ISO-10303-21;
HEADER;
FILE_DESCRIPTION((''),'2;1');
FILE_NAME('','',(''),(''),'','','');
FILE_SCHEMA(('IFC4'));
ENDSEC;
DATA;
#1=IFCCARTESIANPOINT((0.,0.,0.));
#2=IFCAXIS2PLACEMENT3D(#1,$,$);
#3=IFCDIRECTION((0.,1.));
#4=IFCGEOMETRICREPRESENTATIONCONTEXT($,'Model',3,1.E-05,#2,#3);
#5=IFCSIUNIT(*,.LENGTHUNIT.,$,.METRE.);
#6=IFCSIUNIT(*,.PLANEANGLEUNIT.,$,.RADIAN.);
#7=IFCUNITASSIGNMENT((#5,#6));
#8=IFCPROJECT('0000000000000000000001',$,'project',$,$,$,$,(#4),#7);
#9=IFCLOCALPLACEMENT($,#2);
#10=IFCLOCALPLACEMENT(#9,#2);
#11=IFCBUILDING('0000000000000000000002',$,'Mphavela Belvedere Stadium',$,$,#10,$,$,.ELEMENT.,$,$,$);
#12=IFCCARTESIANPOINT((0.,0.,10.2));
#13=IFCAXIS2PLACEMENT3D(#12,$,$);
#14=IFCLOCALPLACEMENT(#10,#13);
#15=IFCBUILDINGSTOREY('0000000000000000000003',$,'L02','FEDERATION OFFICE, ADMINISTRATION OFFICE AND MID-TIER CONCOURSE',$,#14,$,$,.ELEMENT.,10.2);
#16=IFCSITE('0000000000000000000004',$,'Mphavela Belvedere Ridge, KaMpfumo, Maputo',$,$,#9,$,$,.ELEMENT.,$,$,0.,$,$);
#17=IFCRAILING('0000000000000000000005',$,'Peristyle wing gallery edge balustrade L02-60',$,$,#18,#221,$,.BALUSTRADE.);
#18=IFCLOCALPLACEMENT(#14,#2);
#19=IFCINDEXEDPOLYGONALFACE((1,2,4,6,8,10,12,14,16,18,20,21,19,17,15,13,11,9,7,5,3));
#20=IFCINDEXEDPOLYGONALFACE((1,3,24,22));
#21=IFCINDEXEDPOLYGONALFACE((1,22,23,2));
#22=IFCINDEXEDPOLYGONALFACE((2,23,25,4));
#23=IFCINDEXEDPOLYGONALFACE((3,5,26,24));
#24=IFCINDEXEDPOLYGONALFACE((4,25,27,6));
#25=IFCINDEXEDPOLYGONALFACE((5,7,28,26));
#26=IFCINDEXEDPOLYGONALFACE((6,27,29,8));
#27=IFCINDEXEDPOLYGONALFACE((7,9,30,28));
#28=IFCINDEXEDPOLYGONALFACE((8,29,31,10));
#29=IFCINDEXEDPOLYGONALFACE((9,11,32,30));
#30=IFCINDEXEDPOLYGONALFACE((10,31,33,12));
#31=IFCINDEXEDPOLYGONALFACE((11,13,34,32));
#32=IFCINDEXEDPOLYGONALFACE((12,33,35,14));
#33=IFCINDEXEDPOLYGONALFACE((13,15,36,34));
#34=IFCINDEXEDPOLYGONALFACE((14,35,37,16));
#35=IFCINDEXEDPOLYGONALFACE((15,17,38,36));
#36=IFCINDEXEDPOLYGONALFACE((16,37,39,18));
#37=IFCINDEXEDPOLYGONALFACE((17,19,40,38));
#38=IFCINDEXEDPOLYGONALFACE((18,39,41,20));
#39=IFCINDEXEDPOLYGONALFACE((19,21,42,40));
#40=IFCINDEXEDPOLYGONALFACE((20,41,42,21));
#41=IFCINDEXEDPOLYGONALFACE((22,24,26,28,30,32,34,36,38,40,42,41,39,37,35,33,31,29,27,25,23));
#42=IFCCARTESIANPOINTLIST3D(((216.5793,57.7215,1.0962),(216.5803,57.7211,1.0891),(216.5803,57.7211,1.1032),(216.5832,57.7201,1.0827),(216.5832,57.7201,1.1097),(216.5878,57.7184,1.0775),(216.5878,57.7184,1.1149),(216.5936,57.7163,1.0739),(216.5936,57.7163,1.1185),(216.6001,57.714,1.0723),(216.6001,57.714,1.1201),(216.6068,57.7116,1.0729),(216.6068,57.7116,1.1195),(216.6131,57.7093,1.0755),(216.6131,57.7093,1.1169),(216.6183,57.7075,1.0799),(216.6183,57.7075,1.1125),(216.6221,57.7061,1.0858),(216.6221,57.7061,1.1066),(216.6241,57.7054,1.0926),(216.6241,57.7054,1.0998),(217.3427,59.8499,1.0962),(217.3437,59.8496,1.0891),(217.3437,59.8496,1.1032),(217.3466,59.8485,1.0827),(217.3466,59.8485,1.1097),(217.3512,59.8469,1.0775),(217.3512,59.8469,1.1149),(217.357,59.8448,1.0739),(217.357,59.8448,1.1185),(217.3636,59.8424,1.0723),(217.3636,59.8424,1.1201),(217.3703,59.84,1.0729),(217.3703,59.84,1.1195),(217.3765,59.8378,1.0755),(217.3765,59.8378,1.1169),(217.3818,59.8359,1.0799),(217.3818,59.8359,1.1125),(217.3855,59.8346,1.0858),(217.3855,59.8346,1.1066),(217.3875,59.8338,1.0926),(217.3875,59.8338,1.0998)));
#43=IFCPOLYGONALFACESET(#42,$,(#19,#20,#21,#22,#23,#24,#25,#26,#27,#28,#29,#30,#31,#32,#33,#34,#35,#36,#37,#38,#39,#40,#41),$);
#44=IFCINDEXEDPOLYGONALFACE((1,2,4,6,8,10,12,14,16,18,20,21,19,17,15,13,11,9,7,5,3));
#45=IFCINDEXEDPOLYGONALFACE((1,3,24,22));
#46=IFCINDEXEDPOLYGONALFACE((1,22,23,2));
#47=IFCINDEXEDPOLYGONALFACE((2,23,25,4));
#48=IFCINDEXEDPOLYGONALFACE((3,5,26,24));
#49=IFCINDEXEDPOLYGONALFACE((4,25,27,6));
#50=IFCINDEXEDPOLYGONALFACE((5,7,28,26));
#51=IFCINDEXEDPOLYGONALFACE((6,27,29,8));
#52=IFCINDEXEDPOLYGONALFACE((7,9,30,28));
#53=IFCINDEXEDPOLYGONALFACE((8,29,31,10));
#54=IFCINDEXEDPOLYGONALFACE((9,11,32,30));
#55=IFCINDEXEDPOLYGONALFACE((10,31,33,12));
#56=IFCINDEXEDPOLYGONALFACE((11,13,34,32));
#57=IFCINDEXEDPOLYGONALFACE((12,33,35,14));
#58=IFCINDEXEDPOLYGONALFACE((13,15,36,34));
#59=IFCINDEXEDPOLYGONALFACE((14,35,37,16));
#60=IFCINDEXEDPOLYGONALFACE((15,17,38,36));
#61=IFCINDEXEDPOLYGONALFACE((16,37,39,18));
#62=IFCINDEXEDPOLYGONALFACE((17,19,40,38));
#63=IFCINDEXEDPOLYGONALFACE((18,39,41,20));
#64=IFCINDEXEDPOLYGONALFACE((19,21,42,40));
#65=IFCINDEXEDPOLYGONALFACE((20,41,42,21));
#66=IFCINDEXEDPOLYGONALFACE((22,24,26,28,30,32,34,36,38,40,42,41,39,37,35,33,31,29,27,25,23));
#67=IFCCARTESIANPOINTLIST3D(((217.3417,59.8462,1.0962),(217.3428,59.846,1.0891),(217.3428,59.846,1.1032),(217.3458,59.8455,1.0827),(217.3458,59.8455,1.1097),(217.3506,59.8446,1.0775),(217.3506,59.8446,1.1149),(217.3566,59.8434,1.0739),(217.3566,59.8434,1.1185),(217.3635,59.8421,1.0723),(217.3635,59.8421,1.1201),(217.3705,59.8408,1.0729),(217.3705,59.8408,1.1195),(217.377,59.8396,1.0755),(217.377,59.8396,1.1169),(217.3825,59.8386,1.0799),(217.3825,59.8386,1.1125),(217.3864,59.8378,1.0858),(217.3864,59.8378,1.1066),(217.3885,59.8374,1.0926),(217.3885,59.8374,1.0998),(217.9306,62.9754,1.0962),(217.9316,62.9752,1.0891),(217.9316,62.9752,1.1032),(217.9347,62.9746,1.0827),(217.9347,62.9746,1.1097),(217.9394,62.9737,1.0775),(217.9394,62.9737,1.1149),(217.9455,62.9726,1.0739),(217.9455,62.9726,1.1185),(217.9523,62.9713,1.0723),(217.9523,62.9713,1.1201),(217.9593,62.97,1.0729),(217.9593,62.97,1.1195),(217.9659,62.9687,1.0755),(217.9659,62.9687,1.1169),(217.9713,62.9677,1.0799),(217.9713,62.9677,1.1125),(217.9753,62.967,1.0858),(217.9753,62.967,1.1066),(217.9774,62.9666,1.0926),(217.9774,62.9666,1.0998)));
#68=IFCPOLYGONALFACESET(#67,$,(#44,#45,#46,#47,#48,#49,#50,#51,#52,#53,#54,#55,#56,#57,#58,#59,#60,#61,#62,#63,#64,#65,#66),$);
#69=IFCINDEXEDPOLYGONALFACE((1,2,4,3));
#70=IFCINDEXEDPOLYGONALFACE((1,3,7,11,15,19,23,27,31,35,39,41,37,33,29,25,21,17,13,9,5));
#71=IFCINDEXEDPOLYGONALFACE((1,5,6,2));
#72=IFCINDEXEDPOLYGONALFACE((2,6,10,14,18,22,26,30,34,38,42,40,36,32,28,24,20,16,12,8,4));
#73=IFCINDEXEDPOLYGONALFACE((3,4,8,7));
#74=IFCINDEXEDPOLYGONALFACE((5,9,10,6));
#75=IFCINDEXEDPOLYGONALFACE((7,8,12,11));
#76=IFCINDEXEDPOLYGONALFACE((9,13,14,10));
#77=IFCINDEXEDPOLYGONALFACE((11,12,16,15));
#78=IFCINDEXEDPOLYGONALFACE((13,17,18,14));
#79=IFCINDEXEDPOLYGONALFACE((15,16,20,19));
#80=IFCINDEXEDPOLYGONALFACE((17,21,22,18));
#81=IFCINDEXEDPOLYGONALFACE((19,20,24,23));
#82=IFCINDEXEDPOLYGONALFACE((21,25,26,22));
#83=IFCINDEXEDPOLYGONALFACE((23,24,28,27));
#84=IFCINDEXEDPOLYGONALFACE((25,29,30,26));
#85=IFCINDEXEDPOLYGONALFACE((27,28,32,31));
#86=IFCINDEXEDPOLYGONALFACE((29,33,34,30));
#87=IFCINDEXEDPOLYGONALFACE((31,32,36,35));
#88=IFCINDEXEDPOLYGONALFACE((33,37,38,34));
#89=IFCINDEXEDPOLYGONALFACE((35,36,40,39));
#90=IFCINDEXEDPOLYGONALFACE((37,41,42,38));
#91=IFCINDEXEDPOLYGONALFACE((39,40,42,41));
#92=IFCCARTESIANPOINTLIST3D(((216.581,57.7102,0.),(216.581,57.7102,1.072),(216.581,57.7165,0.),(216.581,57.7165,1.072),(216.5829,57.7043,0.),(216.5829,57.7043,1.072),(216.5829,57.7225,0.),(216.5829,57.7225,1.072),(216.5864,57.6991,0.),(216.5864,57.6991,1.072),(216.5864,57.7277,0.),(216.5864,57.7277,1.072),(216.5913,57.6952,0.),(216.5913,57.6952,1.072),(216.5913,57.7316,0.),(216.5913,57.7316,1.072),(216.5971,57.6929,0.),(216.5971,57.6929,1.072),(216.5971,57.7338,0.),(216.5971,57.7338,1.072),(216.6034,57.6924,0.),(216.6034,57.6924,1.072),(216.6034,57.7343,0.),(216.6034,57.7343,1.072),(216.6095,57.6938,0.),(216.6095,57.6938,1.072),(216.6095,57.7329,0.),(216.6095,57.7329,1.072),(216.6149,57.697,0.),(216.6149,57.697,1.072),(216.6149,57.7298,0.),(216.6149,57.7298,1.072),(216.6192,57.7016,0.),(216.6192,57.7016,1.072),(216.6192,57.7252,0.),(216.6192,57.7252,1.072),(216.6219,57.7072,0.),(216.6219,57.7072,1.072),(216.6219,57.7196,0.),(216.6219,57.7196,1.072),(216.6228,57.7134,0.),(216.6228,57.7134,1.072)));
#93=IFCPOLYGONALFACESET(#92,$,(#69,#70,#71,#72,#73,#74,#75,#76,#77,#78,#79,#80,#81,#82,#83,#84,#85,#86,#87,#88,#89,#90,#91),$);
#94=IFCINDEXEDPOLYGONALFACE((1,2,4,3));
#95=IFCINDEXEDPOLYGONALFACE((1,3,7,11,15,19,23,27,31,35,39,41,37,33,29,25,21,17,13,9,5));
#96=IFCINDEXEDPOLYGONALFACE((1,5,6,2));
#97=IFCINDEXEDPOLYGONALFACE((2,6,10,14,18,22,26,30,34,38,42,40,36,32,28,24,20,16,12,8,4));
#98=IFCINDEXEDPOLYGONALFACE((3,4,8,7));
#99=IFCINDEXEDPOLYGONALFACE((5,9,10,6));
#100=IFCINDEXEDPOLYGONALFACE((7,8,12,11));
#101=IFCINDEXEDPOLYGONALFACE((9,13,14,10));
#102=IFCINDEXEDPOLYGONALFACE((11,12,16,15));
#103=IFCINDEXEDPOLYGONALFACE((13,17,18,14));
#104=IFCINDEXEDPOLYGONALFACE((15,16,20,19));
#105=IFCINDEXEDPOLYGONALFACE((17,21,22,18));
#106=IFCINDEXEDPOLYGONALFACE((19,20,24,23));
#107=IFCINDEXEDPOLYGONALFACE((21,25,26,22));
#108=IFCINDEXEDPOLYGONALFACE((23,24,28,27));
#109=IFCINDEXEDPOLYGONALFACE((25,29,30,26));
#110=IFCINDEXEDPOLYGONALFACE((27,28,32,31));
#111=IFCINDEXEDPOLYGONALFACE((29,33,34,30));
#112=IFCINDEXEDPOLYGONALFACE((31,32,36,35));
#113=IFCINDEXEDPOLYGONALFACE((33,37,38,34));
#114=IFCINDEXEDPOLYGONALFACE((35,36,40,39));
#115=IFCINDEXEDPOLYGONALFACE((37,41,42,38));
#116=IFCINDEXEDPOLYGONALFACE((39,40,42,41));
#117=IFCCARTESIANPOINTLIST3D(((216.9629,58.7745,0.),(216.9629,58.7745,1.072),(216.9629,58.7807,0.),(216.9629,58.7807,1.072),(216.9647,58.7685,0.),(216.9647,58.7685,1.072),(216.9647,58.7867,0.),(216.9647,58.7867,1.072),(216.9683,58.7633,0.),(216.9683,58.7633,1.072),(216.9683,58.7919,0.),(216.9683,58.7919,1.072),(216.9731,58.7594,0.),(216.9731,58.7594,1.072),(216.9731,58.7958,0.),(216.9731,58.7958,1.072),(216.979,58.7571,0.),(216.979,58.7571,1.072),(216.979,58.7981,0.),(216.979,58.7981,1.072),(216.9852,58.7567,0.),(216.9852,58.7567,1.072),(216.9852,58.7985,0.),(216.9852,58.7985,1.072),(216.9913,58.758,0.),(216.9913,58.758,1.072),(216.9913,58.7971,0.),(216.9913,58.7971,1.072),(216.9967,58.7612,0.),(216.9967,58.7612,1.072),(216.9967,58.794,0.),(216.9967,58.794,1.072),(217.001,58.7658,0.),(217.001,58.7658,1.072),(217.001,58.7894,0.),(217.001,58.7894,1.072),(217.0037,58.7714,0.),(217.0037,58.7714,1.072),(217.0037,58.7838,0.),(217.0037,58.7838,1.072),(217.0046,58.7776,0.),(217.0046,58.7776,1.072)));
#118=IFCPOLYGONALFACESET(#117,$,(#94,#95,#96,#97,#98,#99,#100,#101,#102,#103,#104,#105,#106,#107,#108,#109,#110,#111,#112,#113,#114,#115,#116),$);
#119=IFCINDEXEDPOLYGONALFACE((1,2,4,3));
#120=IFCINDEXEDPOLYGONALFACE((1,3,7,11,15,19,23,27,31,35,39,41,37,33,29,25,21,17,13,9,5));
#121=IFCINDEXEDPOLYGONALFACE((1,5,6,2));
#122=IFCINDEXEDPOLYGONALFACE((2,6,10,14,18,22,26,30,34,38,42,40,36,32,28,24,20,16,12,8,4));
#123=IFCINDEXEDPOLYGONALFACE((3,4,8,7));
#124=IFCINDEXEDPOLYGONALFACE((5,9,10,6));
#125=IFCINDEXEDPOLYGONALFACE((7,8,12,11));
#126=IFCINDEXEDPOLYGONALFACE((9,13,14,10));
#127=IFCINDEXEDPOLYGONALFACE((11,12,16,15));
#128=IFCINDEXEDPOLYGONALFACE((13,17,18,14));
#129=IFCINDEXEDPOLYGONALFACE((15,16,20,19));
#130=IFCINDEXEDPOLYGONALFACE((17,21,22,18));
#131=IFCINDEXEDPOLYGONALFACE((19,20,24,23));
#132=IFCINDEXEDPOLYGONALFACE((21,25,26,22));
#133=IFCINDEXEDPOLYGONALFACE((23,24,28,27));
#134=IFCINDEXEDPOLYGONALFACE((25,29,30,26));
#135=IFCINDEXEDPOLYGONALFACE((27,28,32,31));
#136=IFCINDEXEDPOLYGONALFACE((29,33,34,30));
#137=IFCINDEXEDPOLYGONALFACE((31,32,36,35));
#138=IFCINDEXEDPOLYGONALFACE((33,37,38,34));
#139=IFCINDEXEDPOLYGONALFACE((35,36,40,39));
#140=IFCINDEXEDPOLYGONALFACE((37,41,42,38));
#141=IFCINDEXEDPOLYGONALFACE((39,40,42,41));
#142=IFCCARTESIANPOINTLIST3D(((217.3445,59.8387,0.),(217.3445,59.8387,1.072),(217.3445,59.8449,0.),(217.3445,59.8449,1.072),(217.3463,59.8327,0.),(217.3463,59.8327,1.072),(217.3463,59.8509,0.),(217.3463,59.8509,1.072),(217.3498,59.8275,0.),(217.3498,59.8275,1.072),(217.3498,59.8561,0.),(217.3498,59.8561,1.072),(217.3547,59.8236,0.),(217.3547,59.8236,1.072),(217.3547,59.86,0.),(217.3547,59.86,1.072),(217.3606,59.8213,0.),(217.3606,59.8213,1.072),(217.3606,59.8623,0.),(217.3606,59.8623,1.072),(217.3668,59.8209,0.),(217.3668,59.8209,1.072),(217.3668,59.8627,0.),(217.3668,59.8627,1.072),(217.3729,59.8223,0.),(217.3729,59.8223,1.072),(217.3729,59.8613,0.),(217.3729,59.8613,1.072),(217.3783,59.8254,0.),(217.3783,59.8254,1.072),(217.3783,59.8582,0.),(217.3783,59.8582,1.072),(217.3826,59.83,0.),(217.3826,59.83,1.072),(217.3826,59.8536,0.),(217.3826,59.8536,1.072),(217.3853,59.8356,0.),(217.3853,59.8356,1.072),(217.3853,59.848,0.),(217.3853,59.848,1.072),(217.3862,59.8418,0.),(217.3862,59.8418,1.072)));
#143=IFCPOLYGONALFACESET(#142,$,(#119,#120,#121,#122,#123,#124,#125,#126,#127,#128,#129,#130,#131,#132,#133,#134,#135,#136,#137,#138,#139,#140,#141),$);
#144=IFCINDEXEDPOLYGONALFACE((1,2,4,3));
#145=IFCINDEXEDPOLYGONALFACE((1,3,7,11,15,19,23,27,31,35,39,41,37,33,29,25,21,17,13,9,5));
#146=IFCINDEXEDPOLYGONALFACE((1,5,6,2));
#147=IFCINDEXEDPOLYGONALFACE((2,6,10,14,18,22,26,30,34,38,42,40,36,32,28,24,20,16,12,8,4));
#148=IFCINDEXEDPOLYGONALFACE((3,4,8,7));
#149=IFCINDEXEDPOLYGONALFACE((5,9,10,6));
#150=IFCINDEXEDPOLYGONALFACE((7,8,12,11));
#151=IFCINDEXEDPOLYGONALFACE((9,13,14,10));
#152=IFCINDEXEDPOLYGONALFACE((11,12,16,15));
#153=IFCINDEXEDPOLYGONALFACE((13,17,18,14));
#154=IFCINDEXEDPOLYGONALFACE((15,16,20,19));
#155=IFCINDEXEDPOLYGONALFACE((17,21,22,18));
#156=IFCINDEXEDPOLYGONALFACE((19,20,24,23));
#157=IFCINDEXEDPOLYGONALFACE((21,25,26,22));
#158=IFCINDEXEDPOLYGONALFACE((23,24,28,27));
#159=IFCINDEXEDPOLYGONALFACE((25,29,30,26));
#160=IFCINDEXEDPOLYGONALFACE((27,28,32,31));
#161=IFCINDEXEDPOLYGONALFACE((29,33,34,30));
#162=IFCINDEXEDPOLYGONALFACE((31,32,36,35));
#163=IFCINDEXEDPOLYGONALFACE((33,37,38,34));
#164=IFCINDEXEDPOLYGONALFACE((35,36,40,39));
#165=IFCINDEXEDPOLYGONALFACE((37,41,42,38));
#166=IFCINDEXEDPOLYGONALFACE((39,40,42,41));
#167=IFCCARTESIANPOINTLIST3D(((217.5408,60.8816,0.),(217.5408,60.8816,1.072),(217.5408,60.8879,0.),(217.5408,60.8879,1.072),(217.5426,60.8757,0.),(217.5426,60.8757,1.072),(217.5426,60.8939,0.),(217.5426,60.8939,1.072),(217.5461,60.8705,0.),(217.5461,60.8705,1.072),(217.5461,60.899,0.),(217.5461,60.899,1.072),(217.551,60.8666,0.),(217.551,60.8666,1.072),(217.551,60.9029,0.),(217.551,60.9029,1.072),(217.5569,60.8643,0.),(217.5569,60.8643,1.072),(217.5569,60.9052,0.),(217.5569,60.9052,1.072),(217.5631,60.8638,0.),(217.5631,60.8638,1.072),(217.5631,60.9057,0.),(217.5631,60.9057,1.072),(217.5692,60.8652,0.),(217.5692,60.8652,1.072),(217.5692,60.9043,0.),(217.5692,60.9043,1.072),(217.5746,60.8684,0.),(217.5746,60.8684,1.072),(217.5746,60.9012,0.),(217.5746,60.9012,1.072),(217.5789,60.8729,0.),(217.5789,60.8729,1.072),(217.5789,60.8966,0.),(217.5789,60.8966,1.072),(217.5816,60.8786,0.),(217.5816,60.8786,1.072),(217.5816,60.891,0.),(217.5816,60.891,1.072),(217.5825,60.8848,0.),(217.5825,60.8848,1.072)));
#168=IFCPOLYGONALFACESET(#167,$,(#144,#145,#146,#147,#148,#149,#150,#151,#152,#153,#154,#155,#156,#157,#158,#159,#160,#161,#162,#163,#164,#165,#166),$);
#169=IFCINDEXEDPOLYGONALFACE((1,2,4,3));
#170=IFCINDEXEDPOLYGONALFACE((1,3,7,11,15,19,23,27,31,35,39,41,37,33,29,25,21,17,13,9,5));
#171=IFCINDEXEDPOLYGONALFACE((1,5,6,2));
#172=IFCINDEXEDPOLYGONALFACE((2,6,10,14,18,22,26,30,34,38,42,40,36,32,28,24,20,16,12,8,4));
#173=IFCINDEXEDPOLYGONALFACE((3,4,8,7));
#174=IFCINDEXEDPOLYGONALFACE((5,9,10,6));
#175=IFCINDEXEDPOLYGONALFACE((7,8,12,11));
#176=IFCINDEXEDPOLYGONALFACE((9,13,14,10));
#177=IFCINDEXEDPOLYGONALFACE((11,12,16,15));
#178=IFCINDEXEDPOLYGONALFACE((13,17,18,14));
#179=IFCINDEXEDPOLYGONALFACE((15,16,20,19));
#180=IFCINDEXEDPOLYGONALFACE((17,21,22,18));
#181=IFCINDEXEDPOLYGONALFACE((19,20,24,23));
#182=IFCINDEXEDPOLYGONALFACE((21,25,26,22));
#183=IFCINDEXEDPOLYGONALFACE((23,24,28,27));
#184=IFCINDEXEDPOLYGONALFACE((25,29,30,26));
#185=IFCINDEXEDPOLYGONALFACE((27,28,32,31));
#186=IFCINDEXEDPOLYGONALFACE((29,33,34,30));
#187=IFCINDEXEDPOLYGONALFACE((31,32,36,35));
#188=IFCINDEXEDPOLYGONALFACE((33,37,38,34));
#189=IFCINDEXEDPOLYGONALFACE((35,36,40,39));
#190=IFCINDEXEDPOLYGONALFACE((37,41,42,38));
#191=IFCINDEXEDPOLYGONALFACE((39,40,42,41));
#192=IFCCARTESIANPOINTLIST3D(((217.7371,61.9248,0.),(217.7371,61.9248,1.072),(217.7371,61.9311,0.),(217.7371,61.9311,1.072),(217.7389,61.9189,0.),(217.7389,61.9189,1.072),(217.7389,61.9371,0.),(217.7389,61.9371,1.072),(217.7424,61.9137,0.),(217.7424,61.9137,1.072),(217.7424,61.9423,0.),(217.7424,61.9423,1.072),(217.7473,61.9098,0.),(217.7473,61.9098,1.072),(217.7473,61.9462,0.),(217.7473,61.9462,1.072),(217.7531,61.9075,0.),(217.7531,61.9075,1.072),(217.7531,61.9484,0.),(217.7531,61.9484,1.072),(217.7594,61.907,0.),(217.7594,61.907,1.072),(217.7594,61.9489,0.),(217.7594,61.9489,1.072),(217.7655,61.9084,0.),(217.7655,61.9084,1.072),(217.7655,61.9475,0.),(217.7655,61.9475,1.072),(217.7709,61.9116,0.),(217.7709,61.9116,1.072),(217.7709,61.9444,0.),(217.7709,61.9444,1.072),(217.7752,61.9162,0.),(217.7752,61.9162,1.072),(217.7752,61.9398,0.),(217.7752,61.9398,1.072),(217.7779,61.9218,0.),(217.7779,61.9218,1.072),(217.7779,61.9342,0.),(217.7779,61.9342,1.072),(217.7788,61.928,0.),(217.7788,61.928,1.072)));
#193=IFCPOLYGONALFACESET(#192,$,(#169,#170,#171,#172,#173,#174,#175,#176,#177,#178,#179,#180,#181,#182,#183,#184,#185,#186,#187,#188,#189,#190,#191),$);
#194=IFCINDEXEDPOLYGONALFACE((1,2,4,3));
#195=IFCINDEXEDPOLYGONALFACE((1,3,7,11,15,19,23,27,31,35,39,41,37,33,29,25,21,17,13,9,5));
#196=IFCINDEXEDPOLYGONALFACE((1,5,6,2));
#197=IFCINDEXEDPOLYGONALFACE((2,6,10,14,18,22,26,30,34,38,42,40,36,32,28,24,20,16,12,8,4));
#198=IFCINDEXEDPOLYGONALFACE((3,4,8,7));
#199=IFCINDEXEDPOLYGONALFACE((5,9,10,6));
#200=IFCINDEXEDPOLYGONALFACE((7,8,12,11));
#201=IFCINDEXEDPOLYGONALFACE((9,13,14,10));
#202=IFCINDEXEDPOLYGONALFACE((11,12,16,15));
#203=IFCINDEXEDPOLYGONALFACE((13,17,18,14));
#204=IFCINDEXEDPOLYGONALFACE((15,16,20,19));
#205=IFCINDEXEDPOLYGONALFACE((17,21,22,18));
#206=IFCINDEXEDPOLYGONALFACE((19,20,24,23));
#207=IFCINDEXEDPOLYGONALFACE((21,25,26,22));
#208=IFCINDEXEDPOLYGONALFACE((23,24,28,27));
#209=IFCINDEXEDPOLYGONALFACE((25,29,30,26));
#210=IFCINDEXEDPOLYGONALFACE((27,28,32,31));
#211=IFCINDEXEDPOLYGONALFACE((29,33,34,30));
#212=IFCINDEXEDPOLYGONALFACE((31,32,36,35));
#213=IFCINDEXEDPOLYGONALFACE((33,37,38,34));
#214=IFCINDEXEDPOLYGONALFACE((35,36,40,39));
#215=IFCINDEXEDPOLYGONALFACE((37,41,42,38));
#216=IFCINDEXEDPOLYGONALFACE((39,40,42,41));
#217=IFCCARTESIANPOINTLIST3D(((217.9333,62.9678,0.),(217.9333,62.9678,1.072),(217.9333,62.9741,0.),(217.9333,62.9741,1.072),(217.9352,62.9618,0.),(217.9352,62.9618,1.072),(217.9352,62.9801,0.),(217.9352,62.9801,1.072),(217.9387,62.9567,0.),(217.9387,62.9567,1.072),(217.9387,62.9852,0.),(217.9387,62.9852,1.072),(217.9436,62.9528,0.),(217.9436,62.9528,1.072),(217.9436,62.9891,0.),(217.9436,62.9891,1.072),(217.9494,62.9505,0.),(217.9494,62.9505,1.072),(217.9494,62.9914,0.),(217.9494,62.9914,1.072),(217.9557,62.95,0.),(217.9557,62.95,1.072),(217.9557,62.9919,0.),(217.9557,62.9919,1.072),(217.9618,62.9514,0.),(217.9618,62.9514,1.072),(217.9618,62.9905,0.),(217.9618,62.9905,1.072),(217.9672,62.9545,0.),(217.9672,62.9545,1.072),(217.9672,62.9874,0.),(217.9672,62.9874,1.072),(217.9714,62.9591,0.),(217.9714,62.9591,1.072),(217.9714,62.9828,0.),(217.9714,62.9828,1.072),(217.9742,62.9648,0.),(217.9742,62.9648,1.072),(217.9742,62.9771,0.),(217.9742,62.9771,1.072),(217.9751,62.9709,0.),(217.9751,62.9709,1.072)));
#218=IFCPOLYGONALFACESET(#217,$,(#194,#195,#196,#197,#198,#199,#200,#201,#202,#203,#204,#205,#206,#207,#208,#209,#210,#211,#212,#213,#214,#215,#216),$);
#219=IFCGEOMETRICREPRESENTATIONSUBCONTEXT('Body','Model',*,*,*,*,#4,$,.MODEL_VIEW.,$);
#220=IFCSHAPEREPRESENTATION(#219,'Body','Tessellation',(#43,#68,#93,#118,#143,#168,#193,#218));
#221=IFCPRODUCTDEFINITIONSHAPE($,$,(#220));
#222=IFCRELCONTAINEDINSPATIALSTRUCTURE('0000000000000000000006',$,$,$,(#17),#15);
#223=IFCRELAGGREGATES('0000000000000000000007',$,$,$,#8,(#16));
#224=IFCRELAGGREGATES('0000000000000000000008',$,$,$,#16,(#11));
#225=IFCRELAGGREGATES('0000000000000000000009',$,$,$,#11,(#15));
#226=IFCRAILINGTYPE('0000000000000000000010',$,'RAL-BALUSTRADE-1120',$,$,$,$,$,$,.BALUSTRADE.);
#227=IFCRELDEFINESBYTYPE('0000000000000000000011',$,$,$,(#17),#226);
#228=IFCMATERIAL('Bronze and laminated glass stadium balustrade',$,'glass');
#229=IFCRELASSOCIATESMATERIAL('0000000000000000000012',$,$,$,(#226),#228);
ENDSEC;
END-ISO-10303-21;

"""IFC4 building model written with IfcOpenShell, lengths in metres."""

from ifc_helpers import new_model, si_unit, direction, frame, origin, origin_2d, place, context, subcontext, project, spatial, circle, extrude, material, type_object, element, save


model = new_model("IFC4")

# Units and contexts
model_context = context("Model", 3, precision=1e-05, world=origin(), true_north=direction((0.0, 1.0)))
body_context = subcontext(model_context, "Body", "Model", "MODEL_VIEW")
ifc_project = project(units=[si_unit("LENGTHUNIT", "METRE"), si_unit("PLANEANGLEUNIT", "RADIAN")], contexts=[model_context])

# Site, building, storey
site_placement = place(None, origin())
site = spatial("IfcSite", under=ifc_project, at=site_placement, Name="Mphavela Belvedere Ridge, KaMpfumo, Maputo", CompositionType="ELEMENT", RefElevation=0.0)
building_placement = place(site_placement, origin())
building = spatial("IfcBuilding", under=site, at=building_placement, Name="Mphavela Belvedere Stadium", CompositionType="ELEMENT")
storey_placement = place(building_placement, frame((0.0, 0.0, 10.2)))
storey = spatial("IfcBuildingStorey", under=building, at=storey_placement, Name="L02", Description="FEDERATION OFFICE, ADMINISTRATION OFFICE AND MID-TIER CONCOURSE", CompositionType="ELEMENT", Elevation=10.2)

# Railing
ifc_material_1 = material(Name="Bronze and laminated glass stadium balustrade", Category="glass")
railing_type = type_object("IfcRailingType", Name="RAL-BALUSTRADE-1120", PredefinedType="BALUSTRADE", material=ifc_material_1)
railing_1_placement = place(storey_placement, frame((216.6018, 57.7134, 0.0)))
element("IfcRailing", 1, at=railing_1_placement, inside=storey, type_object=railing_type, Name="Peristyle wing gallery edge balustrade L02-60", PredefinedType="BALUSTRADE", context=body_context, shape_type="SweptSolid", body=[
    extrude(circle(Radius=0.0239, at=origin_2d()), frame((0.0, 0.0, 1.0962), z_axis=(0.337622, 0.941282, 0.0), x_axis=(-0.941282, 0.337622, 0.0)), (0.0, 0.0, 1.0), 2.2612),
    extrude(circle(Radius=0.0239, at=origin_2d()), frame((0.7634, 2.1284, 1.0962), z_axis=(0.184941, 0.98275, 0.0), x_axis=(-0.98275, 0.184941, 0.0)), (0.0, 0.0, 1.0), 3.1841),
    extrude(circle(Radius=0.021, at=origin_2d()), origin(), (0.0, 0.0, 1.0), 1.072),
    extrude(circle(Radius=0.021, at=origin_2d()), frame((0.3818, 1.0642, 0.0)), (0.0, 0.0, 1.0), 1.072),
    extrude(circle(Radius=0.021, at=origin_2d()), frame((0.7634, 2.1284, 0.0)), (0.0, 0.0, 1.0), 1.072),
    extrude(circle(Radius=0.021, at=origin_2d()), frame((0.9597, 3.1714, 0.0)), (0.0, 0.0, 1.0), 1.072),
    extrude(circle(Radius=0.021, at=origin_2d()), frame((1.156, 4.2146, 0.0)), (0.0, 0.0, 1.0), 1.072),
    extrude(circle(Radius=0.021, at=origin_2d()), frame((1.3523, 5.2576, 0.0)), (0.0, 0.0, 1.0), 1.072),
])

save(model, "model.ifc")
